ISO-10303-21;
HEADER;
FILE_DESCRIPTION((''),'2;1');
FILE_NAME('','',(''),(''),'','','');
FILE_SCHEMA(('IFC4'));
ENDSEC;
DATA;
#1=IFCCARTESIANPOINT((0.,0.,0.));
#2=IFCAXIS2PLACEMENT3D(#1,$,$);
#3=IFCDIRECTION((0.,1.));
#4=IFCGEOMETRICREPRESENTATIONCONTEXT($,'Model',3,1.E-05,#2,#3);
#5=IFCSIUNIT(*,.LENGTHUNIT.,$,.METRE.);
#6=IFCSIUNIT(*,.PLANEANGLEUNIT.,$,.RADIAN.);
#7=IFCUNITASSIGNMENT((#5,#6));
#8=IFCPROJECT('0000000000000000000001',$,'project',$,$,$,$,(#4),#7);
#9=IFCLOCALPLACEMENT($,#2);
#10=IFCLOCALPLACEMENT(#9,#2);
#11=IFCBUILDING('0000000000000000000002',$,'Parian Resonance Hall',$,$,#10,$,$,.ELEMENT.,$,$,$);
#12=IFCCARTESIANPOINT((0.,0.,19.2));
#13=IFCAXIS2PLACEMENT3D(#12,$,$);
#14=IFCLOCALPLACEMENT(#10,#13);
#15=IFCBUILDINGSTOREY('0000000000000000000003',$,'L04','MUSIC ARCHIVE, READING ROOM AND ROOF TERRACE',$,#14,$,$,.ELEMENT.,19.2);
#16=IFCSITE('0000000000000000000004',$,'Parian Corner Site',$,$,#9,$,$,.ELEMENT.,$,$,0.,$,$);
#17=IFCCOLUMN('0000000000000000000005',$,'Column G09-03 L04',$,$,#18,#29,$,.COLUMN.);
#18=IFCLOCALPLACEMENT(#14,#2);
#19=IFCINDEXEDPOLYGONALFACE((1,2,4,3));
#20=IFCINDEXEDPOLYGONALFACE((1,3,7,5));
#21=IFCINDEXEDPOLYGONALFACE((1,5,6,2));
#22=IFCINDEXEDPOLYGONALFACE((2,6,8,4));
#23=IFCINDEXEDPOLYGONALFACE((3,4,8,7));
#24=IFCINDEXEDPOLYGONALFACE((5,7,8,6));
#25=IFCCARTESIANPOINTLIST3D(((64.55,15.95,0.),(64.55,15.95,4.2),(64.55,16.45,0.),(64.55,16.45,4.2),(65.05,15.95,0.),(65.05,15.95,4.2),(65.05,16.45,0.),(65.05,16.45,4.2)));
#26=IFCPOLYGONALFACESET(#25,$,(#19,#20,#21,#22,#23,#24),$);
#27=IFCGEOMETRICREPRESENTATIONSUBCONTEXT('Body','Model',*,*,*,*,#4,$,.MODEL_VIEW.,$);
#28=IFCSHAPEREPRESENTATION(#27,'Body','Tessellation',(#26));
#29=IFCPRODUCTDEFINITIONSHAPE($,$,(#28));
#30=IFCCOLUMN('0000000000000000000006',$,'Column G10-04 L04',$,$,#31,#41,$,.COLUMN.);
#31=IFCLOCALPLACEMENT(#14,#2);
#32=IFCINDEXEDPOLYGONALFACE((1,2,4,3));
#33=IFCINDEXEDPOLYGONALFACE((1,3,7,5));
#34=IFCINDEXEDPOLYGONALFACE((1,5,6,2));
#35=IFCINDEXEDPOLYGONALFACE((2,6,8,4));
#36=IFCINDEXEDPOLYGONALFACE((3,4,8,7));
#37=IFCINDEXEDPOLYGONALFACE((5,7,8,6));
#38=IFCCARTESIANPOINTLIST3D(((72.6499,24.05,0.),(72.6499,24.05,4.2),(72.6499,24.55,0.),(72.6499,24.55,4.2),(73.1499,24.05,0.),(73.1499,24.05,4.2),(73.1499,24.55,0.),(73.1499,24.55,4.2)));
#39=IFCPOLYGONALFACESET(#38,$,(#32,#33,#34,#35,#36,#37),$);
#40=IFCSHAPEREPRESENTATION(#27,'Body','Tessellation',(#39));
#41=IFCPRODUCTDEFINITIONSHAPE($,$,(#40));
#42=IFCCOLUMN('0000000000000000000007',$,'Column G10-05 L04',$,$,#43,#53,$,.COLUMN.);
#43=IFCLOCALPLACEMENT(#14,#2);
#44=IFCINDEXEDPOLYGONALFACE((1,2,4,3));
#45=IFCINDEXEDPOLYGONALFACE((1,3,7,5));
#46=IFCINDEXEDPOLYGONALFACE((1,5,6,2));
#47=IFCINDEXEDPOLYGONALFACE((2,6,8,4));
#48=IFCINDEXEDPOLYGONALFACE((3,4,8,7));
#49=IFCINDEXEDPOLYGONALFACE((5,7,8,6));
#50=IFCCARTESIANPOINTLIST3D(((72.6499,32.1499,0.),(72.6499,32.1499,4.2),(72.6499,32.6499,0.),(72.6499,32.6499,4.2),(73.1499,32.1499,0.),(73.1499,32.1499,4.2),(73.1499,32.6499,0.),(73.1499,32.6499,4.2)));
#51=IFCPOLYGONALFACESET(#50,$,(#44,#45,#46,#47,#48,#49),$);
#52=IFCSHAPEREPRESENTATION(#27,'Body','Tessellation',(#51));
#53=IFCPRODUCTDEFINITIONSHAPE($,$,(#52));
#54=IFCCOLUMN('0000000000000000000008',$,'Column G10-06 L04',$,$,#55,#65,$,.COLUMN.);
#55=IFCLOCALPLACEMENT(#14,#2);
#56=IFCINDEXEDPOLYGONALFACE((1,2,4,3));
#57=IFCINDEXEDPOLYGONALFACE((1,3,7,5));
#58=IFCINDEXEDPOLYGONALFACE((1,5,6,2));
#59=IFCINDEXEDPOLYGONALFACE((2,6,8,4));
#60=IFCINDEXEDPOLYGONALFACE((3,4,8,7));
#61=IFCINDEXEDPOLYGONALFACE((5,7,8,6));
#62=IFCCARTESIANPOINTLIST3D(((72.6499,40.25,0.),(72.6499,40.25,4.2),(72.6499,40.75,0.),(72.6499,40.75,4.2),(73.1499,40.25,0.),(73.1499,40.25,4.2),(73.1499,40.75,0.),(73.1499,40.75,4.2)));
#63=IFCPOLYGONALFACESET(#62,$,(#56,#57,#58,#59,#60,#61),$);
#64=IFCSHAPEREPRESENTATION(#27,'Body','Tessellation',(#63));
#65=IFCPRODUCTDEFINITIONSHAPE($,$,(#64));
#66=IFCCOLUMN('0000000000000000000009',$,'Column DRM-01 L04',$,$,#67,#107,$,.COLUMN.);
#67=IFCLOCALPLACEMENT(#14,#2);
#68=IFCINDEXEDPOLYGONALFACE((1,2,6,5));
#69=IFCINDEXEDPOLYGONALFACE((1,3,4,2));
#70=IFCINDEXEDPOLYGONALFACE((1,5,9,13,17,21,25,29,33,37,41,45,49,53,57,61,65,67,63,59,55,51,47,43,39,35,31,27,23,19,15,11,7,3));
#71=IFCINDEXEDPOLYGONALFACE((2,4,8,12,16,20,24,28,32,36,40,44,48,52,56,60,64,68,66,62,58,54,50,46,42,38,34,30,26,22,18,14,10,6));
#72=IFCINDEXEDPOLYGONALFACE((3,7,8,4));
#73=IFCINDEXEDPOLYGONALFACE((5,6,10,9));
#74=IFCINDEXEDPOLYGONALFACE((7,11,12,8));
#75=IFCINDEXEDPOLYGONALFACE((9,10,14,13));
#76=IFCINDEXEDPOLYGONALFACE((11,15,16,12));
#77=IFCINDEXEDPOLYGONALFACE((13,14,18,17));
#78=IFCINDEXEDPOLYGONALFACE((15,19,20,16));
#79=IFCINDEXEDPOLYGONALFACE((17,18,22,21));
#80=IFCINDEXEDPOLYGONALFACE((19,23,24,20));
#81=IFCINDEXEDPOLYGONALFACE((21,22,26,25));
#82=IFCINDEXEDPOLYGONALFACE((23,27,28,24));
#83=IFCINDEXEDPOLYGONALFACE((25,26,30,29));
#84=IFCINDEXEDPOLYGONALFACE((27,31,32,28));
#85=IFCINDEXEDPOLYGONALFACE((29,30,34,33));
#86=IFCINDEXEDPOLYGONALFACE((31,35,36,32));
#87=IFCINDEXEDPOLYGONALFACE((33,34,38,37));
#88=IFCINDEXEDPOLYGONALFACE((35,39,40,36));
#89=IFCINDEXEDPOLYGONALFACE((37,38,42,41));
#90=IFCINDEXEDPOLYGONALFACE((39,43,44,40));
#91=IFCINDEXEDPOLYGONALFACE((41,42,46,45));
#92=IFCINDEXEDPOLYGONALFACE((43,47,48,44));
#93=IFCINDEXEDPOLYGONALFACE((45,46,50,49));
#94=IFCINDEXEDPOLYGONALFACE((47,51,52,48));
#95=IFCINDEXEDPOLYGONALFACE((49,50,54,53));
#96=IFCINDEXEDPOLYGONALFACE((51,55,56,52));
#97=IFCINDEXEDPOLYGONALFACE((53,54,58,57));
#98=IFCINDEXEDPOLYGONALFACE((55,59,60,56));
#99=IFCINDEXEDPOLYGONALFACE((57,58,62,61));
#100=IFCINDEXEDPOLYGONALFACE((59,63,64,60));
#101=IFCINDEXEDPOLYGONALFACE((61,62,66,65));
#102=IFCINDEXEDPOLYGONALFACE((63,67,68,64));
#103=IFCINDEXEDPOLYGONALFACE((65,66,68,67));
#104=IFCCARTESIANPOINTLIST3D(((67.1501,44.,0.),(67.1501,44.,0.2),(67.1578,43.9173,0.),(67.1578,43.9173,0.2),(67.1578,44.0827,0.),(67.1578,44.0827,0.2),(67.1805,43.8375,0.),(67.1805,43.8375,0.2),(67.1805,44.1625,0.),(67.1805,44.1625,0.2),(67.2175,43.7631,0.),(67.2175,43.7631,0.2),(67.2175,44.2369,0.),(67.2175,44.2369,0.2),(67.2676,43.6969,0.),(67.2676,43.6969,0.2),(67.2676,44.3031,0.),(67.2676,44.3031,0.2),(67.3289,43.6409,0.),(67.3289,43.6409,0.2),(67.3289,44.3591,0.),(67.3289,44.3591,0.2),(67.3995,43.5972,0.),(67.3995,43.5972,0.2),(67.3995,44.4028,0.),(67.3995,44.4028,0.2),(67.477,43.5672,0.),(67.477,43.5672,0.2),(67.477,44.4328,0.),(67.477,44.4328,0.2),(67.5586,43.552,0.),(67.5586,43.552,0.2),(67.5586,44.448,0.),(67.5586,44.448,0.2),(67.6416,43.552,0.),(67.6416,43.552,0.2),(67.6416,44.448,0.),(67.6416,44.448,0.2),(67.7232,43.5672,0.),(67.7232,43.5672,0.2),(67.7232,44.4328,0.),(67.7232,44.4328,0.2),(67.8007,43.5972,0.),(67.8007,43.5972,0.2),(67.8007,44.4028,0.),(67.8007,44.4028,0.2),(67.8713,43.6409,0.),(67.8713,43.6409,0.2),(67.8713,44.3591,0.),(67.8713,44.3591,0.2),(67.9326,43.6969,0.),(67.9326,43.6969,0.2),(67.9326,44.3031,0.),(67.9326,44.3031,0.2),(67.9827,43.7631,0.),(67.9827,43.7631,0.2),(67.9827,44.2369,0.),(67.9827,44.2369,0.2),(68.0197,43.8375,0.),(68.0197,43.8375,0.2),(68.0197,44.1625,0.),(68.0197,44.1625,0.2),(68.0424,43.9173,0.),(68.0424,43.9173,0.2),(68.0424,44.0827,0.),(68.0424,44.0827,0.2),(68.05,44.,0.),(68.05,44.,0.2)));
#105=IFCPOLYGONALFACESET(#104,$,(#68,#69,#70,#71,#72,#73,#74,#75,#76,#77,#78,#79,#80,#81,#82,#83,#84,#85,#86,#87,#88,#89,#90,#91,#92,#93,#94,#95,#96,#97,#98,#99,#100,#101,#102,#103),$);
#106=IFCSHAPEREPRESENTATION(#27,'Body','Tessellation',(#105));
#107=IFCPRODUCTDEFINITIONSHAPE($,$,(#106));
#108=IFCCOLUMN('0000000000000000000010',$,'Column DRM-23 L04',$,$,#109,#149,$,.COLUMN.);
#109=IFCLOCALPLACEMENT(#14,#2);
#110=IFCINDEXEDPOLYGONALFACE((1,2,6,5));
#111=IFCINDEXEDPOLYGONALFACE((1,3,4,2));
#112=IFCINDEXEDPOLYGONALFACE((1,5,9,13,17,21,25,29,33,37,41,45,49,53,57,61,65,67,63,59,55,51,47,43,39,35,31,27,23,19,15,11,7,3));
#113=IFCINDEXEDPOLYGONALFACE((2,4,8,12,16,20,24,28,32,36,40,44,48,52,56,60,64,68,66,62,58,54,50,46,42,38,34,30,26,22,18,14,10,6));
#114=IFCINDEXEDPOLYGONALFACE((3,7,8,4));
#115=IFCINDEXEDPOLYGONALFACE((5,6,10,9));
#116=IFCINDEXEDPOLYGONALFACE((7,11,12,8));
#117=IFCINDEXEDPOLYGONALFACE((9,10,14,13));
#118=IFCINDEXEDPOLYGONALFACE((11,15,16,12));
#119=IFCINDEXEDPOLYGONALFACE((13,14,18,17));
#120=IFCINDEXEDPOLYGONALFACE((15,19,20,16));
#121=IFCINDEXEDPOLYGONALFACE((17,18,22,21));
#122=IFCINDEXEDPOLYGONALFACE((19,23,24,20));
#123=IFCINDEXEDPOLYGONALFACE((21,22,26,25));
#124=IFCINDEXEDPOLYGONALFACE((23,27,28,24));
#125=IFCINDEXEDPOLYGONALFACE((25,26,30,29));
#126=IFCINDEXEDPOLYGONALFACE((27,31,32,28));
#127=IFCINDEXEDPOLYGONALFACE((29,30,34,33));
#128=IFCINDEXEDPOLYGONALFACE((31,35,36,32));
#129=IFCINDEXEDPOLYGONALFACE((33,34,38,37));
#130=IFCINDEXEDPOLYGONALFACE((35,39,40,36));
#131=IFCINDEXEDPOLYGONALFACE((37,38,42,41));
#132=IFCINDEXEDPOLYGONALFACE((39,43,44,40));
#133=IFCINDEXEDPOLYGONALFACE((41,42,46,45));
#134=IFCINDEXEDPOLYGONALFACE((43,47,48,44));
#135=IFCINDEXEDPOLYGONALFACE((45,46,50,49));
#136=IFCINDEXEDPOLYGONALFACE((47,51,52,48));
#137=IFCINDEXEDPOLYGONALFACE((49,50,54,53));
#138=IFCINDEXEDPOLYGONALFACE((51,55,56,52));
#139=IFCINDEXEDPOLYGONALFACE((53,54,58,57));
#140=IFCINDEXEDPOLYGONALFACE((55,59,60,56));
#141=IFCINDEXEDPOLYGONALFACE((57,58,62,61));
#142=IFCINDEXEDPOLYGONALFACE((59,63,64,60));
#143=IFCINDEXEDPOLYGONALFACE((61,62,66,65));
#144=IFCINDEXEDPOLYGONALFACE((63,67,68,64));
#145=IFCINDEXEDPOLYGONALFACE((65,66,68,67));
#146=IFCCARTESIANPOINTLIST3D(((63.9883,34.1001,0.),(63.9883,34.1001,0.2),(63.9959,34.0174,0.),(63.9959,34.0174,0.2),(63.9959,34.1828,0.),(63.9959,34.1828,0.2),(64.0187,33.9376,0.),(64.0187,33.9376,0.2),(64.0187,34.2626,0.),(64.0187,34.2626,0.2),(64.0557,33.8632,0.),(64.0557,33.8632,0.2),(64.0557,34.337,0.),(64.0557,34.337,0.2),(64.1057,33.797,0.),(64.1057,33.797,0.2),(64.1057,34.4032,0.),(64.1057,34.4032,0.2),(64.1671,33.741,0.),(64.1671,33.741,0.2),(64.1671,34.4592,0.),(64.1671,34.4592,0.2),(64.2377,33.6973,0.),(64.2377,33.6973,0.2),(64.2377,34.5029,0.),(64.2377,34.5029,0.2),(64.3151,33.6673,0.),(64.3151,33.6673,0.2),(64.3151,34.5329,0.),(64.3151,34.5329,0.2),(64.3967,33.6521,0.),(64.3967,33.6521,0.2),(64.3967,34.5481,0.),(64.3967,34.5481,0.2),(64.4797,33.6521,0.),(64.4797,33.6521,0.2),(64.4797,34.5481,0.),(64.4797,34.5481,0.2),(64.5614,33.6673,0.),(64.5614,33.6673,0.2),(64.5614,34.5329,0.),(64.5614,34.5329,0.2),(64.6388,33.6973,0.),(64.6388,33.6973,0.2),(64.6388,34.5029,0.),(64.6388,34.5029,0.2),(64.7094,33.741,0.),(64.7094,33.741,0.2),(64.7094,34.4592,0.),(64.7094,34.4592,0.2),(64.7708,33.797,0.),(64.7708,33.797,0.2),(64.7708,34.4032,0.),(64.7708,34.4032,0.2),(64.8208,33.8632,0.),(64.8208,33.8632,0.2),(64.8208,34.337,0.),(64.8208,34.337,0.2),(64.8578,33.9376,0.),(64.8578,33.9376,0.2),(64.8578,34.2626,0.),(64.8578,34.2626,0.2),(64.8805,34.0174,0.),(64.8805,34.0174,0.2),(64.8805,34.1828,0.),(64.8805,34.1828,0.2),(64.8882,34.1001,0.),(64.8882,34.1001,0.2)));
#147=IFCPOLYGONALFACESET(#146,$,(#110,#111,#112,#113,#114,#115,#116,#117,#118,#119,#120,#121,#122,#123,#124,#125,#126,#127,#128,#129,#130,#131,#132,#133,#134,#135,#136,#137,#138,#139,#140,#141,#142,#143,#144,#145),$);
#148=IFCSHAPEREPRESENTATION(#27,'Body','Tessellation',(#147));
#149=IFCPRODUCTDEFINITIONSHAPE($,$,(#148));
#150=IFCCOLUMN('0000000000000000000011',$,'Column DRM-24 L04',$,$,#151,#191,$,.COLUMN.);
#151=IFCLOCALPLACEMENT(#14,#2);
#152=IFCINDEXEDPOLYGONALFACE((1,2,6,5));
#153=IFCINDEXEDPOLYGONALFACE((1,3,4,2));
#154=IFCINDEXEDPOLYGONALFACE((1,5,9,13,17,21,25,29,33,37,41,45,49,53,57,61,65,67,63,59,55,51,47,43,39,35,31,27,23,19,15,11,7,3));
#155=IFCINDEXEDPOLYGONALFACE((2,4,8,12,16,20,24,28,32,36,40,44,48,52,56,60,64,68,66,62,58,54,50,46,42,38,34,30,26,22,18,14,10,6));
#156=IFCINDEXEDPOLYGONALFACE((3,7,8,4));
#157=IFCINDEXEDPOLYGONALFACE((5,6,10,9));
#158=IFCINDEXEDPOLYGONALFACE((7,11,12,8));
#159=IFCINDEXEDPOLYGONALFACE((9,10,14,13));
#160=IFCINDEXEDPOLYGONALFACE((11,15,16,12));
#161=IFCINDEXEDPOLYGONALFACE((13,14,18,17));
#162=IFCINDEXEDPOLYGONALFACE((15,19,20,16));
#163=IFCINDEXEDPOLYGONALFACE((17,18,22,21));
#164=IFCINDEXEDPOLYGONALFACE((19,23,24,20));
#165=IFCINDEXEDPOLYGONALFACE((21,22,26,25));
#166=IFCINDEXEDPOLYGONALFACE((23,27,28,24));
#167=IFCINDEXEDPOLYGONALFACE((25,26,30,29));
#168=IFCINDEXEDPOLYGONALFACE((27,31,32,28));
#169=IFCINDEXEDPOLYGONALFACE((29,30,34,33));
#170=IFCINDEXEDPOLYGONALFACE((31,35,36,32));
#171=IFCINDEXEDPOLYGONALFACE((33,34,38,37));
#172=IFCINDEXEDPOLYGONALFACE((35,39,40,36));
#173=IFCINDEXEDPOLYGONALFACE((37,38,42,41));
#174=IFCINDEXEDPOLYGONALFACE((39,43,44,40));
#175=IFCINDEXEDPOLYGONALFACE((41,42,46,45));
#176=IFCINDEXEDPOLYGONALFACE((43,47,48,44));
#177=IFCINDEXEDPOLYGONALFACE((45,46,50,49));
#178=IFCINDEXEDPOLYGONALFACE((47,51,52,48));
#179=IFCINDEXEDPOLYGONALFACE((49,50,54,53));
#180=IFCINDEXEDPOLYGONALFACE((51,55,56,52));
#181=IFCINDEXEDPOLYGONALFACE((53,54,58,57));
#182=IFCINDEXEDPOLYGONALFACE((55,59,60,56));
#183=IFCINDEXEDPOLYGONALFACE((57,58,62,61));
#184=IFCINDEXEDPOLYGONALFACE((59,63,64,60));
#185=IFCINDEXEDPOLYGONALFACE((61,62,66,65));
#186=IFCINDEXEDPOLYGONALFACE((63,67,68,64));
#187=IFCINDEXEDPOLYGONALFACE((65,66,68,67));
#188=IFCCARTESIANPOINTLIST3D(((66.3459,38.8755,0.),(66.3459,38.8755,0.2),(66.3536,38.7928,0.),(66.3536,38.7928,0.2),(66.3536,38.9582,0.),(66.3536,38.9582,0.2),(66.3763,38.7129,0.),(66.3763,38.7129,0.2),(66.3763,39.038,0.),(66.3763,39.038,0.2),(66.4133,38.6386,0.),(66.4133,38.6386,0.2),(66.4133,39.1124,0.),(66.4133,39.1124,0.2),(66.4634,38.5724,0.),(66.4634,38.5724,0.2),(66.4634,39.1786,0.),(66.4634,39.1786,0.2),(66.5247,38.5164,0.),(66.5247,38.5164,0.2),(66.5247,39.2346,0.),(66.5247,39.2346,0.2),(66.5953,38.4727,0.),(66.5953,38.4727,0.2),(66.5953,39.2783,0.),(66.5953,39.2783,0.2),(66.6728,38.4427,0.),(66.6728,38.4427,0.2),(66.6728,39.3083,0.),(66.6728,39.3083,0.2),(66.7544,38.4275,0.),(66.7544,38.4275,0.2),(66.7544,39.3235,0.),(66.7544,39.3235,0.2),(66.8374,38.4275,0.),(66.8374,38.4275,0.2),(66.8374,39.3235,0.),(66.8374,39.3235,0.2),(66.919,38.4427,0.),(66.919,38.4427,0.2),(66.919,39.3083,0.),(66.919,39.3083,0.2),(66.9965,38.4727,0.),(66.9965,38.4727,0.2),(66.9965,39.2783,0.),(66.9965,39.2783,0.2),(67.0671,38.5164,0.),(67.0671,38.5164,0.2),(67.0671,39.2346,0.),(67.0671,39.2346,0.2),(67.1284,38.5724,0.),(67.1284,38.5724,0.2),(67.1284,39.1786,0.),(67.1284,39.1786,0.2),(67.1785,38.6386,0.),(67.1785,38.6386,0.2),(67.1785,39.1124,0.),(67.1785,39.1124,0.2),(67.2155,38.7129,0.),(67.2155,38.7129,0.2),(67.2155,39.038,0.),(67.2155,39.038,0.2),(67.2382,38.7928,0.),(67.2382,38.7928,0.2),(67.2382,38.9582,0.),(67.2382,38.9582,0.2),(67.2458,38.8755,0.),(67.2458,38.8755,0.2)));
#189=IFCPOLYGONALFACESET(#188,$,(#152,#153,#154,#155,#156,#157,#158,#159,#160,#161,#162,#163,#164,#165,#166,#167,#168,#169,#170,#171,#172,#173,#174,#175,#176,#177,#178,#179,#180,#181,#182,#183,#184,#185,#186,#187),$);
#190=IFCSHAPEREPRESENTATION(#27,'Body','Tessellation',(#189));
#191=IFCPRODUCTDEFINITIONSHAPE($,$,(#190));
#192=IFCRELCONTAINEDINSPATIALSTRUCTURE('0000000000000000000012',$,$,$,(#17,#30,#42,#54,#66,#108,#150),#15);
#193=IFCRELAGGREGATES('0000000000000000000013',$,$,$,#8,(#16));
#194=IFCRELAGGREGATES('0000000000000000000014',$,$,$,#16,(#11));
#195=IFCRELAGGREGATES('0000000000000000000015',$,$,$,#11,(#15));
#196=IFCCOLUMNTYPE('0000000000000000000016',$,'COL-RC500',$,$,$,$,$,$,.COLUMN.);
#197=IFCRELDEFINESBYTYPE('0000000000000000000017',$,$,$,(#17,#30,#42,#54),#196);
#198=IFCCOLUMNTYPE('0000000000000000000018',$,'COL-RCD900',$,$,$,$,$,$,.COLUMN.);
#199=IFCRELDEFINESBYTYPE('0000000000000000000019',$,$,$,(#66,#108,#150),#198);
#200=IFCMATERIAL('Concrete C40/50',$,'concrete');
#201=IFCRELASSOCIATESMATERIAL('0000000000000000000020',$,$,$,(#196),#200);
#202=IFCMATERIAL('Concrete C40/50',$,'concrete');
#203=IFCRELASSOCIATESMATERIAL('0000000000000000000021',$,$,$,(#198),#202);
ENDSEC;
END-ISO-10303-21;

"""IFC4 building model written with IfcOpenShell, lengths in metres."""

from ifc_helpers import new_model, si_unit, direction, frame, origin, origin_2d, place, context, subcontext, project, spatial, rectangle, circle, extrude, material, material_profile, profile_set, type_object, element, save


model = new_model("IFC4")

# Units and contexts
model_context = context("Model", 3, precision=1e-05, world=origin(), true_north=direction((0.0, 1.0)))
body_context = subcontext(model_context, "Body", "Model", "MODEL_VIEW")
ifc_project = project(units=[si_unit("LENGTHUNIT", "METRE"), si_unit("PLANEANGLEUNIT", "RADIAN")], contexts=[model_context])

# Site, building, storey
site_placement = place(None, origin())
site = spatial("IfcSite", under=ifc_project, at=site_placement, Name="Parian Corner Site", CompositionType="ELEMENT", RefElevation=0.0)
building_placement = place(site_placement, origin())
building = spatial("IfcBuilding", under=site, at=building_placement, Name="Parian Resonance Hall", CompositionType="ELEMENT")
storey_placement = place(building_placement, frame((0.0, 0.0, 19.2)))
storey = spatial("IfcBuildingStorey", under=building, at=storey_placement, Name="L04", Description="MUSIC ARCHIVE, READING ROOM AND ROOF TERRACE", CompositionType="ELEMENT", Elevation=19.2)

# Columns
ifc_material_1 = material(Name="Concrete C40/50", Category="concrete")
ifc_material_profile_1 = material_profile(ifc_material_1, rectangle(XDim=0.5, YDim=0.5, at=origin_2d()), Name="RC-COL-500x500")
ifc_profile_set_1 = profile_set([ifc_material_profile_1], Name="Concrete C40/50")
column_type_1 = type_object("IfcColumnType", Name="COL-RC500", PredefinedType="COLUMN", material=ifc_profile_set_1)
for number, where, z_axis, x_axis, name in (
    (1, (64.8, 16.2, 0.0), (0.0, 0.0, 1.0), (1.0, 0.0, 0.0), "Column G09-03 L04"),
    (2, (72.8999, 24.3, 0.0), (0.0, 0.0, 1.0), (1.0, 0.0, 0.0), "Column G10-04 L04"),
    (3, (72.8999, 32.3999, 0.0), (0.0, 0.0, 1.0), (1.0, 0.0, 0.0), "Column G10-05 L04"),
    (4, (72.8999, 40.5, 0.0), (0.0, 0.0, 1.0), (1.0, 0.0, 0.0), "Column G10-06 L04"),
):
    element("IfcColumn", number, at=place(storey_placement, frame(where, z_axis=z_axis, x_axis=x_axis)), inside=storey, type_object=column_type_1, Name=name, PredefinedType="COLUMN", context=body_context, shape_type="SweptSolid", body=[
        extrude(rectangle(XDim=0.5, YDim=0.5, at=origin_2d()), origin(), (0.0, 0.0, 1.0), 4.2),
    ])
ifc_material_2 = material(Name="Concrete C40/50", Category="concrete")
ifc_material_profile_2 = material_profile(ifc_material_2, circle(Radius=0.45, at=origin_2d()), Name="RC-COL-D900")
ifc_profile_set_2 = profile_set([ifc_material_profile_2], Name="Concrete C40/50")
column_type_2 = type_object("IfcColumnType", Name="COL-RCD900", PredefinedType="COLUMN", material=ifc_profile_set_2)
for number, where, z_axis, x_axis, name in (
    (5, (67.6001, 44.0, 0.0), (0.0, 0.0, 1.0), (1.0, 0.0, 0.0), "Column DRM-01 L04"),
    (6, (64.4382, 34.1001, 0.0), (0.0, 0.0, 1.0), (1.0, 0.0, 0.0), "Column DRM-23 L04"),
    (7, (66.7959, 38.8755, 0.0), (0.0, 0.0, 1.0), (1.0, 0.0, 0.0), "Column DRM-24 L04"),
):
    element("IfcColumn", number, at=place(storey_placement, frame(where, z_axis=z_axis, x_axis=x_axis)), inside=storey, type_object=column_type_2, Name=name, PredefinedType="COLUMN", context=body_context, shape_type="SweptSolid", body=[
        extrude(circle(Radius=0.45, at=origin_2d()), origin(), (0.0, 0.0, 1.0), 0.2),
    ])

save(model, "model.ifc")
